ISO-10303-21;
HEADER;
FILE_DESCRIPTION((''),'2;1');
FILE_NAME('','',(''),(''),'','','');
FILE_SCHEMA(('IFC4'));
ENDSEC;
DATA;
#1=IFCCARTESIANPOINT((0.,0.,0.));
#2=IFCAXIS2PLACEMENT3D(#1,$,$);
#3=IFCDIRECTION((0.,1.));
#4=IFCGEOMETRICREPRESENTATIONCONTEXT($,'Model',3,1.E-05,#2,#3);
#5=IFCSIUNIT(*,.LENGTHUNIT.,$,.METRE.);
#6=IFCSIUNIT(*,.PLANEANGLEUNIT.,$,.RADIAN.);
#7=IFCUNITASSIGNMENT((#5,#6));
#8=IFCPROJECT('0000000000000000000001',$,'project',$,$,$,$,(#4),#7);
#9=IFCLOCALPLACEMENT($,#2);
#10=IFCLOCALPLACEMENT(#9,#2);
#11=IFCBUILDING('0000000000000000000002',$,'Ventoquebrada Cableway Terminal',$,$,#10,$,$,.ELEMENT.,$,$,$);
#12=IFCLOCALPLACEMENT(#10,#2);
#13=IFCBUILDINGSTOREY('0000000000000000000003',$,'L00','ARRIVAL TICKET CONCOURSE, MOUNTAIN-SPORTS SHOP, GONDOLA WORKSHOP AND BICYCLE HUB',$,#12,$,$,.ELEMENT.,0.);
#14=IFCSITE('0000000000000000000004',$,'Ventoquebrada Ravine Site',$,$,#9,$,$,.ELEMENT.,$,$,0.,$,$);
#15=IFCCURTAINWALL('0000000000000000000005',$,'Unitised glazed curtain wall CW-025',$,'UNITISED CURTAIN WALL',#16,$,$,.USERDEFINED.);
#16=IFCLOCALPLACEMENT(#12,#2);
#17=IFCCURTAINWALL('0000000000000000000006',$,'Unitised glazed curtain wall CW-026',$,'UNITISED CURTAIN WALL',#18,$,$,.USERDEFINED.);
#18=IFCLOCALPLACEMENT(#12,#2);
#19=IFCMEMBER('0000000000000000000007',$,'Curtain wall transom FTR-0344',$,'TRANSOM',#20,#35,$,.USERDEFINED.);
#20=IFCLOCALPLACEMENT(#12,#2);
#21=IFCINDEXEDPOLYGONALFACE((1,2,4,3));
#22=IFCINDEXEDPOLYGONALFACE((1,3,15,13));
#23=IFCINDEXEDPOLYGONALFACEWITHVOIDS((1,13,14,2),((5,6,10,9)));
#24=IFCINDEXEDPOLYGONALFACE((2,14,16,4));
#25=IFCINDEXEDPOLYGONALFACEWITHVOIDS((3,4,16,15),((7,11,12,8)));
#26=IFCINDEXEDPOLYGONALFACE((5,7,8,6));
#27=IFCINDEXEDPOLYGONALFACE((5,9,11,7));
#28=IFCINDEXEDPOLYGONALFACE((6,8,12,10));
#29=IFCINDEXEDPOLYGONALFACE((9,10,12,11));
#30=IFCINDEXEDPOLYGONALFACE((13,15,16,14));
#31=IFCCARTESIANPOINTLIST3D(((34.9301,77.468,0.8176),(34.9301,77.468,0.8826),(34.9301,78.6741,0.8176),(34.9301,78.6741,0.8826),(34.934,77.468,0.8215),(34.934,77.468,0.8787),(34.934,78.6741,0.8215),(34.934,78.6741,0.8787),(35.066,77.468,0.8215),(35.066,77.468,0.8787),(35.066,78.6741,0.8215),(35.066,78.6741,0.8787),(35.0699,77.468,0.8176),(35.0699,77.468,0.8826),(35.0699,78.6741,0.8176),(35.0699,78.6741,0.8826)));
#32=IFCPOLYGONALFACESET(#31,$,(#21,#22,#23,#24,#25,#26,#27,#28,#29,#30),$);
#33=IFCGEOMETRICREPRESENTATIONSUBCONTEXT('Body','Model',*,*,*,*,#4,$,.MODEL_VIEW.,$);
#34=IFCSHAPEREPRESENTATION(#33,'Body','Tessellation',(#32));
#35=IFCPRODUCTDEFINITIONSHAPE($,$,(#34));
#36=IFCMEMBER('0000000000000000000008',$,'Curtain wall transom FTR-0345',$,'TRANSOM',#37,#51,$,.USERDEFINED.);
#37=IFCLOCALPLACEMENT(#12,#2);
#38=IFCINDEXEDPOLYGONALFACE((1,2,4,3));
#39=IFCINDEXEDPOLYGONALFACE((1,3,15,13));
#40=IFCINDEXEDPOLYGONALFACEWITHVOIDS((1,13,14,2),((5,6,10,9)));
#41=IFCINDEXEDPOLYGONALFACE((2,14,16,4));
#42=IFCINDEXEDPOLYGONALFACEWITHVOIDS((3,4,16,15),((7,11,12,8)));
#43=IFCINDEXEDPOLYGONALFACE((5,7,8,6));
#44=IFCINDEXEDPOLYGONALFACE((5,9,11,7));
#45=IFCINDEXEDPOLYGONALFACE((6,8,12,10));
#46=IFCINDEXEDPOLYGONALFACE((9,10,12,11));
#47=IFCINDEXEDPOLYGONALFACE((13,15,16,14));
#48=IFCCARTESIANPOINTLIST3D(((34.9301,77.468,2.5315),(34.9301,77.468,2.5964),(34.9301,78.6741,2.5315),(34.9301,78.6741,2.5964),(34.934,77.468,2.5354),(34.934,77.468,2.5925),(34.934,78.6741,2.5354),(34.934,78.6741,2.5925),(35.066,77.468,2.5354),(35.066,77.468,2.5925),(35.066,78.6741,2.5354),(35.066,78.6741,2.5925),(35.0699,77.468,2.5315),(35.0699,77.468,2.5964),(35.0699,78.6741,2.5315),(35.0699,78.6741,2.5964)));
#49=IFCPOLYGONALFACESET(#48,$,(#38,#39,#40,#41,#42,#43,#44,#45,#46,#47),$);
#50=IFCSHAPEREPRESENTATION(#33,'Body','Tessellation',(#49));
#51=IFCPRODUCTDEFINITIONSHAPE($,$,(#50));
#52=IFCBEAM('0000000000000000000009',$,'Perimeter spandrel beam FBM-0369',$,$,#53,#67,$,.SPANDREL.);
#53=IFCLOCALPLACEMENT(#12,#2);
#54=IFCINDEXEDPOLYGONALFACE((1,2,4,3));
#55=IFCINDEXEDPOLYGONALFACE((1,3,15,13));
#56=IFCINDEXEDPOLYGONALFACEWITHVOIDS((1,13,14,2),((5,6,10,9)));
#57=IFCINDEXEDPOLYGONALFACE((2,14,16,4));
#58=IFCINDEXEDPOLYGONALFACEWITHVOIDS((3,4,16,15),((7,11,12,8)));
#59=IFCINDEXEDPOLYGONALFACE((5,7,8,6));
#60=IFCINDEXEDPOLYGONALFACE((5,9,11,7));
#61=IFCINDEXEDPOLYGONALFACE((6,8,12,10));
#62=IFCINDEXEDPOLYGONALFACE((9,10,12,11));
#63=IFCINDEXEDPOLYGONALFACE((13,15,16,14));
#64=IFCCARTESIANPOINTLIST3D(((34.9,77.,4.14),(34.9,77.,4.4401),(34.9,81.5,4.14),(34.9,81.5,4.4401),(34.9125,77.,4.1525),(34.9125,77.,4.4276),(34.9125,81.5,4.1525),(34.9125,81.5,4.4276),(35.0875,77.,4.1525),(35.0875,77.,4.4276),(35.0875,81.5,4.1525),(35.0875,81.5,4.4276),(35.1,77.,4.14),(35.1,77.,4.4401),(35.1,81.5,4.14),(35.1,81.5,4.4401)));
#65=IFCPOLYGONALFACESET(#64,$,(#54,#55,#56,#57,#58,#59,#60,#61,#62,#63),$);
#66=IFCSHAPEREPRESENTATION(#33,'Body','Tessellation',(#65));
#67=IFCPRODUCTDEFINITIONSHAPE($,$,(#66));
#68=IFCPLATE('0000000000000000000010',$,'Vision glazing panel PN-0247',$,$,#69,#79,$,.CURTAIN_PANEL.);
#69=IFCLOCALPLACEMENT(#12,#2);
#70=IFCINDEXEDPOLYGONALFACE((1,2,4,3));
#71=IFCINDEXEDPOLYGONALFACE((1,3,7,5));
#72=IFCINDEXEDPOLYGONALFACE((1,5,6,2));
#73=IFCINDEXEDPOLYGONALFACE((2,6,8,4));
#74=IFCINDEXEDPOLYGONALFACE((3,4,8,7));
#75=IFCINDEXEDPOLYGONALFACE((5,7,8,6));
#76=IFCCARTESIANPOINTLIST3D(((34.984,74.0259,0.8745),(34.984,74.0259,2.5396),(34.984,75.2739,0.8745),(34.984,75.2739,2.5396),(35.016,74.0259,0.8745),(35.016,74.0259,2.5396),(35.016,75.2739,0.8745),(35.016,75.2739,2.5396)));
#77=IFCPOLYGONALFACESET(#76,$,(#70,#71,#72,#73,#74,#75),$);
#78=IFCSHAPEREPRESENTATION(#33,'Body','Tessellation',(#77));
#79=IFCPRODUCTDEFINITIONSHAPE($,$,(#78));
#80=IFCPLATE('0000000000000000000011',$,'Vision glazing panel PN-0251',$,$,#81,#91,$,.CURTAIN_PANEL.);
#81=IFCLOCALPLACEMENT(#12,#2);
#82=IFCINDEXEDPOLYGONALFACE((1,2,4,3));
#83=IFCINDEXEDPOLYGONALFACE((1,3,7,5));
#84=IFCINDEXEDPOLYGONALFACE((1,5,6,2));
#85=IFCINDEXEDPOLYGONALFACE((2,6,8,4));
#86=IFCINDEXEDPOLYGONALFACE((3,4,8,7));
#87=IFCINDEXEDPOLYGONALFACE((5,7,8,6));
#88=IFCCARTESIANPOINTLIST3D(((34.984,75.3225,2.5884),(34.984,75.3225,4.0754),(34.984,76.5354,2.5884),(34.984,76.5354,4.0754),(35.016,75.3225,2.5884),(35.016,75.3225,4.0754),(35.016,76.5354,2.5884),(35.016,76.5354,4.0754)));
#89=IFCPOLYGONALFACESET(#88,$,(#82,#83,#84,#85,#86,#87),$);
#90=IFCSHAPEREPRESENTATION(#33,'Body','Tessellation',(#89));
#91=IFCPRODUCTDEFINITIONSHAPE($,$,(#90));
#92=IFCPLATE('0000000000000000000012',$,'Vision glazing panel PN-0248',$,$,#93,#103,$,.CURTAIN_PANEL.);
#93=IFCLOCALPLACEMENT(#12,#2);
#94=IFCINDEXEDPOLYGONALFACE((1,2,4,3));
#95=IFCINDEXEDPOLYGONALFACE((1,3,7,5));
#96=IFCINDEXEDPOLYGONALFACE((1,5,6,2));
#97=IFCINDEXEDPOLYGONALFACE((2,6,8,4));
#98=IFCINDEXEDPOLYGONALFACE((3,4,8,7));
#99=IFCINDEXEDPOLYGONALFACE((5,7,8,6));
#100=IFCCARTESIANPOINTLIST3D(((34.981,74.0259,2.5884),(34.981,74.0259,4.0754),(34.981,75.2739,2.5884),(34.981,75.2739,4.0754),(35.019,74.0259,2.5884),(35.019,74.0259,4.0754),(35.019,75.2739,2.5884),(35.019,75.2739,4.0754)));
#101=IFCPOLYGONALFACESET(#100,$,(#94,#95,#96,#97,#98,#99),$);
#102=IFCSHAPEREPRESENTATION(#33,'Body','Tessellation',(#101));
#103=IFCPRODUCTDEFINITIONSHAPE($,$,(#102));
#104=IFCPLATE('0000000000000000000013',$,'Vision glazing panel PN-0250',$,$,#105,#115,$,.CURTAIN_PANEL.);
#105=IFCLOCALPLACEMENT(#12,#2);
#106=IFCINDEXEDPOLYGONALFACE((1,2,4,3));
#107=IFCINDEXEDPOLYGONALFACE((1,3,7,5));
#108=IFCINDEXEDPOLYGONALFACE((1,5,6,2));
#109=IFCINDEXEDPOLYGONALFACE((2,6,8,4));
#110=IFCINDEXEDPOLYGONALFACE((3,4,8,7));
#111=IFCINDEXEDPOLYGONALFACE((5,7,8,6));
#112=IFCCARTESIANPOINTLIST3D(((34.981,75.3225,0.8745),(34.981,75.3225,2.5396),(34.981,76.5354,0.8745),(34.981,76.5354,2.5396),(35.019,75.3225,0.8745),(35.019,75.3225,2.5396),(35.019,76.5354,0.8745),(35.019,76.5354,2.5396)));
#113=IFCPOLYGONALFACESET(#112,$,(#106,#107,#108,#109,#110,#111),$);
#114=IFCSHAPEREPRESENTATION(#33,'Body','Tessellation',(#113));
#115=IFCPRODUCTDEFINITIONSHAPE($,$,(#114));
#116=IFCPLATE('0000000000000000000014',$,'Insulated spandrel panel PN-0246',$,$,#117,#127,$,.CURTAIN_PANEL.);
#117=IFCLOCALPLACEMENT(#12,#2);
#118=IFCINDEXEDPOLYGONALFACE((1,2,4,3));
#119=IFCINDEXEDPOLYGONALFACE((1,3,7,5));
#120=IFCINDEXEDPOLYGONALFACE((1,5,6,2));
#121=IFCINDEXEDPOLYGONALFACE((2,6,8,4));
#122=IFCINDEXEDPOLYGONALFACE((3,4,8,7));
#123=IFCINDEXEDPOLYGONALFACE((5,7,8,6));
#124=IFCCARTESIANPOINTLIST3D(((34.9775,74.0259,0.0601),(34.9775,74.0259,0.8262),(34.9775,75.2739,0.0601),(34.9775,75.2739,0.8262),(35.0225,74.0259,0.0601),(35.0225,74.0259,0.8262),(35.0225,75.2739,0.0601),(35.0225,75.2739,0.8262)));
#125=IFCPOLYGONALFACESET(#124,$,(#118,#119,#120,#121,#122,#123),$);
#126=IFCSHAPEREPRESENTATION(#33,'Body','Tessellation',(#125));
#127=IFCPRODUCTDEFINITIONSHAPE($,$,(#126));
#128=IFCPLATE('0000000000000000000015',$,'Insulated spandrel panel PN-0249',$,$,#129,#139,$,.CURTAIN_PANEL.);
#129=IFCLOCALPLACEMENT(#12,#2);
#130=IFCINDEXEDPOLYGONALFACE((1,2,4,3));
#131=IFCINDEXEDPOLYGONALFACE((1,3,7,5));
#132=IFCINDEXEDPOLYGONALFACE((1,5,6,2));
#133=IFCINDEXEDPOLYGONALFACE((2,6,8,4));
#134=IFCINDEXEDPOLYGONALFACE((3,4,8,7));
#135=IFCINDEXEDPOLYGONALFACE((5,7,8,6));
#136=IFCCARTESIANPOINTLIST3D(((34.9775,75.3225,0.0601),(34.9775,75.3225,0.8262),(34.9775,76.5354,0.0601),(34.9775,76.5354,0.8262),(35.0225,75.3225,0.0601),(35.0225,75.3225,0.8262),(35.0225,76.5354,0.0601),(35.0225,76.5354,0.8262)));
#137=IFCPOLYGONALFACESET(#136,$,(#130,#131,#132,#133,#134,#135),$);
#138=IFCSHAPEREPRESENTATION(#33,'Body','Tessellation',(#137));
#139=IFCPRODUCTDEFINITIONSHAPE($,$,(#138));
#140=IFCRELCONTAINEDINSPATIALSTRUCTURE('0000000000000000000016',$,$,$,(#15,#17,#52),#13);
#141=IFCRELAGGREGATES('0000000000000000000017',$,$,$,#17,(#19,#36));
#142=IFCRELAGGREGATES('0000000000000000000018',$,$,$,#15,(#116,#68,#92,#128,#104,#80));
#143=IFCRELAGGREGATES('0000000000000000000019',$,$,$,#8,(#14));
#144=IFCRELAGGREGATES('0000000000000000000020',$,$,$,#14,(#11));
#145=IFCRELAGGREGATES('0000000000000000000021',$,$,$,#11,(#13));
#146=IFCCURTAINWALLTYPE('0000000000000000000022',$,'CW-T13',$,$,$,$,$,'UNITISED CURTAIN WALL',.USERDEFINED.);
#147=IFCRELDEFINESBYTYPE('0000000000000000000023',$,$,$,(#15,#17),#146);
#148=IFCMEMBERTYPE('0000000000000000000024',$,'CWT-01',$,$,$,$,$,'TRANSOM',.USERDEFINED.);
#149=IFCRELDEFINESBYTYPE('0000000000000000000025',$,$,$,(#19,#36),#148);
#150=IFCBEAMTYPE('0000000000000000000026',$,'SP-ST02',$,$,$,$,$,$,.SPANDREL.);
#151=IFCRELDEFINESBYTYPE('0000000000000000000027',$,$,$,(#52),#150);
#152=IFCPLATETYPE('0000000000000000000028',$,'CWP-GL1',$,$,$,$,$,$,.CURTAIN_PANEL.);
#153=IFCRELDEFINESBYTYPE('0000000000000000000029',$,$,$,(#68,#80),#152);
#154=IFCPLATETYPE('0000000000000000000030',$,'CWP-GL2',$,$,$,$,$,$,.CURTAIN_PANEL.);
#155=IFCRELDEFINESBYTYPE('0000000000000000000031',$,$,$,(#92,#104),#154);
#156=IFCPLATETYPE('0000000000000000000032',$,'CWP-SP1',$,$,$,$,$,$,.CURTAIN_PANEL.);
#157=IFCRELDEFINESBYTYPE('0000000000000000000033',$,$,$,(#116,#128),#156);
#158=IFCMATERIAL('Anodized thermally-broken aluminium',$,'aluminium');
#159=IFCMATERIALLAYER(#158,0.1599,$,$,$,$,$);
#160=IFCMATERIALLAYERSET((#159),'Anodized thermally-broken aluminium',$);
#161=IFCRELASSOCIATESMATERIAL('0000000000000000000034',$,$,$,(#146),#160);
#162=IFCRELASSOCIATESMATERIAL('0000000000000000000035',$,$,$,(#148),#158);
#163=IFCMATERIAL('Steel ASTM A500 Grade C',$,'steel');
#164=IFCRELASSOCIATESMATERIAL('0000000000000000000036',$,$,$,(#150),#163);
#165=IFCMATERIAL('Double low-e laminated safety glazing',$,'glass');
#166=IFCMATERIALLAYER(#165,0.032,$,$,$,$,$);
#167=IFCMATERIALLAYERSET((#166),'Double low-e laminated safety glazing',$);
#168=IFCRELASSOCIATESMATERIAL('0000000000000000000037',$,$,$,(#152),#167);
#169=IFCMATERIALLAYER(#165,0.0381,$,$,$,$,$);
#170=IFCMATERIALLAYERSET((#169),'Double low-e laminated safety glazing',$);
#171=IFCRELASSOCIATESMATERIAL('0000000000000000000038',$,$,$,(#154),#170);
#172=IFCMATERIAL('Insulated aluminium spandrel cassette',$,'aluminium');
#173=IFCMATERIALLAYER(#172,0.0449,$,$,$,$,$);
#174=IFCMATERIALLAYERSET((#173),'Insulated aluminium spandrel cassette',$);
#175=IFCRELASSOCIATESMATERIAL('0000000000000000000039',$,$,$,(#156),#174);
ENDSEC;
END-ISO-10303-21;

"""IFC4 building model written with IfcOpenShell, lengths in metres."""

from ifc_helpers import new_model, si_unit, direction, frame, origin, origin_2d, place, context, subcontext, project, spatial, rectangle, hollow_rectangle, extrude, material, layer, layer_set, material_profile, profile_set, type_object, element, aggregate, save


model = new_model("IFC4")

# Units and contexts
model_context = context("Model", 3, precision=1e-05, world=origin(), true_north=direction((0.0, 1.0)))
body_context = subcontext(model_context, "Body", "Model", "MODEL_VIEW")
ifc_project = project(units=[si_unit("LENGTHUNIT", "METRE"), si_unit("PLANEANGLEUNIT", "RADIAN")], contexts=[model_context])

# Site, building, storey
site_placement = place(None, origin())
site = spatial("IfcSite", under=ifc_project, at=site_placement, Name="Ventoquebrada Ravine Site", CompositionType="ELEMENT", RefElevation=0.0)
building_placement = place(site_placement, origin())
building = spatial("IfcBuilding", under=site, at=building_placement, Name="Ventoquebrada Cableway Terminal", CompositionType="ELEMENT")
storey_placement = place(building_placement, origin())
storey = spatial("IfcBuildingStorey", under=building, at=storey_placement, Name="L00", Description="ARRIVAL TICKET CONCOURSE, MOUNTAIN-SPORTS SHOP, GONDOLA WORKSHOP AND BICYCLE HUB", CompositionType="ELEMENT", Elevation=0.0)

# Curtain wall
ifc_material_1 = material(Name="Anodized thermally-broken aluminium", Category="aluminium")
ifc_layer_1 = layer(ifc_material_1, 0.1599)
ifc_layer_set_1 = layer_set([ifc_layer_1], Name="Anodized thermally-broken aluminium")
curtain_wall_type = type_object("IfcCurtainWallType", Name="CW-T13", ElementType="UNITISED CURTAIN WALL", PredefinedType="USERDEFINED", material=ifc_layer_set_1)
curtain_wall_1_placement = place(storey_placement, origin())
curtain_wall_1 = element("IfcCurtainWall", 1, at=curtain_wall_1_placement, inside=storey, type_object=curtain_wall_type, Name="Unitised glazed curtain wall CW-025", ObjectType="UNITISED CURTAIN WALL", PredefinedType="USERDEFINED")

# Curtain wall
curtain_wall_2_placement = place(storey_placement, origin())
curtain_wall_2 = element("IfcCurtainWall", 2, at=curtain_wall_2_placement, inside=storey, type_object=curtain_wall_type, Name="Unitised glazed curtain wall CW-026", ObjectType="UNITISED CURTAIN WALL", PredefinedType="USERDEFINED")

# Members
ifc_material_profile_1 = material_profile(ifc_material_1, hollow_rectangle(XDim=0.0649, YDim=0.1399, WallThickness=0.0039, at=origin_2d()), Name="CW-TRN-65X140")
ifc_profile_set_1 = profile_set([ifc_material_profile_1], Name="Anodized thermally-broken aluminium")
member_type_1 = type_object("IfcMemberType", Name="CWT-01", ElementType="TRANSOM", PredefinedType="USERDEFINED", material=ifc_profile_set_1)
member_1_placement = place(storey_placement, frame((35.0, 77.468, 0.8501), z_axis=(0.0, 1.0, 0.0), x_axis=(0.0, 0.0, 1.0)))
member_1 = element("IfcMember", 3, at=member_1_placement, type_object=member_type_1, Name="Curtain wall transom FTR-0344", ObjectType="TRANSOM", PredefinedType="USERDEFINED", context=body_context, shape_type="SweptSolid", body=[
    extrude(hollow_rectangle(XDim=0.0649, YDim=0.1399, WallThickness=0.0039, at=origin_2d()), origin(), (0.0, 0.0, 1.0), 1.2061),
])
member_2_placement = place(storey_placement, frame((35.0, 77.468, 2.564), z_axis=(0.0, 1.0, 0.0), x_axis=(0.0, 0.0, 1.0)))
member_2 = element("IfcMember", 4, at=member_2_placement, type_object=member_type_1, Name="Curtain wall transom FTR-0345", ObjectType="TRANSOM", PredefinedType="USERDEFINED", context=body_context, shape_type="SweptSolid", body=[
    extrude(hollow_rectangle(XDim=0.0649, YDim=0.1399, WallThickness=0.0039, at=origin_2d()), origin(), (0.0, 0.0, 1.0), 1.2061),
])
aggregate(curtain_wall_2, [member_1, member_2])

# Beam
ifc_material_2 = material(Name="Steel ASTM A500 Grade C", Category="steel")
ifc_material_profile_2 = material_profile(ifc_material_2, hollow_rectangle(XDim=0.2, YDim=0.3, WallThickness=0.0125, at=origin_2d()), Name="RHS300X200X12.5")
ifc_profile_set_2 = profile_set([ifc_material_profile_2], Name="Steel ASTM A500 Grade C")
beam_type = type_object("IfcBeamType", Name="SP-ST02", PredefinedType="SPANDREL", material=ifc_profile_set_2)
beam_placement = place(storey_placement, frame((35.0, 77.0, 4.29), z_axis=(0.0, 1.0, 0.0), x_axis=(-1.0, 0.0, 0.0)))
element("IfcBeam", 5, at=beam_placement, inside=storey, type_object=beam_type, Name="Perimeter spandrel beam FBM-0369", PredefinedType="SPANDREL", context=body_context, shape_type="SweptSolid", body=[
    extrude(hollow_rectangle(XDim=0.2, YDim=0.3, WallThickness=0.0125, at=origin_2d()), origin(), (0.0, 0.0, 1.0), 4.5),
])

# Plates
ifc_material_3 = material(Name="Double low-e laminated safety glazing", Category="glass")
ifc_layer_2 = layer(ifc_material_3, 0.032)
ifc_layer_set_2 = layer_set([ifc_layer_2], Name="Double low-e laminated safety glazing")
plate_type_1 = type_object("IfcPlateType", Name="CWP-GL1", PredefinedType="CURTAIN_PANEL", material=ifc_layer_set_2)
plate_1_placement = place(storey_placement, frame((35.0, 74.6499, 0.8745), z_axis=(0.0, 0.0, 1.0), x_axis=(0.0, 1.0, 0.0)))
plate_1 = element("IfcPlate", 6, at=plate_1_placement, type_object=plate_type_1, Name="Vision glazing panel PN-0247", PredefinedType="CURTAIN_PANEL", context=body_context, shape_type="SweptSolid", body=[
    extrude(rectangle(XDim=1.248, YDim=0.032, at=origin_2d()), origin(), (0.0, 0.0, 1.0), 1.665),
])
plate_2_placement = place(storey_placement, frame((35.0, 75.929, 2.5884), z_axis=(0.0, 0.0, 1.0), x_axis=(0.0, 1.0, 0.0)))
plate_2 = element("IfcPlate", 7, at=plate_2_placement, type_object=plate_type_1, Name="Vision glazing panel PN-0251", PredefinedType="CURTAIN_PANEL", context=body_context, shape_type="SweptSolid", body=[
    extrude(rectangle(XDim=1.2129, YDim=0.032, at=origin_2d()), origin(), (0.0, 0.0, 1.0), 1.4871),
])
ifc_layer_3 = layer(ifc_material_3, 0.0381)
ifc_layer_set_3 = layer_set([ifc_layer_3], Name="Double low-e laminated safety glazing")
plate_type_2 = type_object("IfcPlateType", Name="CWP-GL2", PredefinedType="CURTAIN_PANEL", material=ifc_layer_set_3)
plate_3_placement = place(storey_placement, frame((35.0, 74.6499, 2.5884), z_axis=(0.0, 0.0, 1.0), x_axis=(0.0, 1.0, 0.0)))
plate_3 = element("IfcPlate", 8, at=plate_3_placement, type_object=plate_type_2, Name="Vision glazing panel PN-0248", PredefinedType="CURTAIN_PANEL", context=body_context, shape_type="SweptSolid", body=[
    extrude(rectangle(XDim=1.248, YDim=0.0381, at=origin_2d()), origin(), (0.0, 0.0, 1.0), 1.4871),
])
plate_4_placement = place(storey_placement, frame((35.0, 75.929, 0.8745), z_axis=(0.0, 0.0, 1.0), x_axis=(0.0, 1.0, 0.0)))
plate_4 = element("IfcPlate", 9, at=plate_4_placement, type_object=plate_type_2, Name="Vision glazing panel PN-0250", PredefinedType="CURTAIN_PANEL", context=body_context, shape_type="SweptSolid", body=[
    extrude(rectangle(XDim=1.2129, YDim=0.0381, at=origin_2d()), origin(), (0.0, 0.0, 1.0), 1.665),
])
ifc_material_4 = material(Name="Insulated aluminium spandrel cassette", Category="aluminium")
ifc_layer_4 = layer(ifc_material_4, 0.0449)
ifc_layer_set_4 = layer_set([ifc_layer_4], Name="Insulated aluminium spandrel cassette")
plate_type_3 = type_object("IfcPlateType", Name="CWP-SP1", PredefinedType="CURTAIN_PANEL", material=ifc_layer_set_4)
plate_5_placement = place(storey_placement, frame((35.0, 74.6499, 0.0601), z_axis=(0.0, 0.0, 1.0), x_axis=(0.0, 1.0, 0.0)))
plate_5 = element("IfcPlate", 10, at=plate_5_placement, type_object=plate_type_3, Name="Insulated spandrel panel PN-0246", PredefinedType="CURTAIN_PANEL", context=body_context, shape_type="SweptSolid", body=[
    extrude(rectangle(XDim=1.248, YDim=0.0449, at=origin_2d()), origin(), (0.0, 0.0, 1.0), 0.7661),
])
plate_6_placement = place(storey_placement, frame((35.0, 75.929, 0.0601), z_axis=(0.0, 0.0, 1.0), x_axis=(0.0, 1.0, 0.0)))
plate_6 = element("IfcPlate", 11, at=plate_6_placement, type_object=plate_type_3, Name="Insulated spandrel panel PN-0249", PredefinedType="CURTAIN_PANEL", context=body_context, shape_type="SweptSolid", body=[
    extrude(rectangle(XDim=1.2129, YDim=0.0449, at=origin_2d()), origin(), (0.0, 0.0, 1.0), 0.7661),
])
aggregate(curtain_wall_1, [plate_5, plate_1, plate_3, plate_6, plate_4, plate_2])

save(model, "model.ifc")
